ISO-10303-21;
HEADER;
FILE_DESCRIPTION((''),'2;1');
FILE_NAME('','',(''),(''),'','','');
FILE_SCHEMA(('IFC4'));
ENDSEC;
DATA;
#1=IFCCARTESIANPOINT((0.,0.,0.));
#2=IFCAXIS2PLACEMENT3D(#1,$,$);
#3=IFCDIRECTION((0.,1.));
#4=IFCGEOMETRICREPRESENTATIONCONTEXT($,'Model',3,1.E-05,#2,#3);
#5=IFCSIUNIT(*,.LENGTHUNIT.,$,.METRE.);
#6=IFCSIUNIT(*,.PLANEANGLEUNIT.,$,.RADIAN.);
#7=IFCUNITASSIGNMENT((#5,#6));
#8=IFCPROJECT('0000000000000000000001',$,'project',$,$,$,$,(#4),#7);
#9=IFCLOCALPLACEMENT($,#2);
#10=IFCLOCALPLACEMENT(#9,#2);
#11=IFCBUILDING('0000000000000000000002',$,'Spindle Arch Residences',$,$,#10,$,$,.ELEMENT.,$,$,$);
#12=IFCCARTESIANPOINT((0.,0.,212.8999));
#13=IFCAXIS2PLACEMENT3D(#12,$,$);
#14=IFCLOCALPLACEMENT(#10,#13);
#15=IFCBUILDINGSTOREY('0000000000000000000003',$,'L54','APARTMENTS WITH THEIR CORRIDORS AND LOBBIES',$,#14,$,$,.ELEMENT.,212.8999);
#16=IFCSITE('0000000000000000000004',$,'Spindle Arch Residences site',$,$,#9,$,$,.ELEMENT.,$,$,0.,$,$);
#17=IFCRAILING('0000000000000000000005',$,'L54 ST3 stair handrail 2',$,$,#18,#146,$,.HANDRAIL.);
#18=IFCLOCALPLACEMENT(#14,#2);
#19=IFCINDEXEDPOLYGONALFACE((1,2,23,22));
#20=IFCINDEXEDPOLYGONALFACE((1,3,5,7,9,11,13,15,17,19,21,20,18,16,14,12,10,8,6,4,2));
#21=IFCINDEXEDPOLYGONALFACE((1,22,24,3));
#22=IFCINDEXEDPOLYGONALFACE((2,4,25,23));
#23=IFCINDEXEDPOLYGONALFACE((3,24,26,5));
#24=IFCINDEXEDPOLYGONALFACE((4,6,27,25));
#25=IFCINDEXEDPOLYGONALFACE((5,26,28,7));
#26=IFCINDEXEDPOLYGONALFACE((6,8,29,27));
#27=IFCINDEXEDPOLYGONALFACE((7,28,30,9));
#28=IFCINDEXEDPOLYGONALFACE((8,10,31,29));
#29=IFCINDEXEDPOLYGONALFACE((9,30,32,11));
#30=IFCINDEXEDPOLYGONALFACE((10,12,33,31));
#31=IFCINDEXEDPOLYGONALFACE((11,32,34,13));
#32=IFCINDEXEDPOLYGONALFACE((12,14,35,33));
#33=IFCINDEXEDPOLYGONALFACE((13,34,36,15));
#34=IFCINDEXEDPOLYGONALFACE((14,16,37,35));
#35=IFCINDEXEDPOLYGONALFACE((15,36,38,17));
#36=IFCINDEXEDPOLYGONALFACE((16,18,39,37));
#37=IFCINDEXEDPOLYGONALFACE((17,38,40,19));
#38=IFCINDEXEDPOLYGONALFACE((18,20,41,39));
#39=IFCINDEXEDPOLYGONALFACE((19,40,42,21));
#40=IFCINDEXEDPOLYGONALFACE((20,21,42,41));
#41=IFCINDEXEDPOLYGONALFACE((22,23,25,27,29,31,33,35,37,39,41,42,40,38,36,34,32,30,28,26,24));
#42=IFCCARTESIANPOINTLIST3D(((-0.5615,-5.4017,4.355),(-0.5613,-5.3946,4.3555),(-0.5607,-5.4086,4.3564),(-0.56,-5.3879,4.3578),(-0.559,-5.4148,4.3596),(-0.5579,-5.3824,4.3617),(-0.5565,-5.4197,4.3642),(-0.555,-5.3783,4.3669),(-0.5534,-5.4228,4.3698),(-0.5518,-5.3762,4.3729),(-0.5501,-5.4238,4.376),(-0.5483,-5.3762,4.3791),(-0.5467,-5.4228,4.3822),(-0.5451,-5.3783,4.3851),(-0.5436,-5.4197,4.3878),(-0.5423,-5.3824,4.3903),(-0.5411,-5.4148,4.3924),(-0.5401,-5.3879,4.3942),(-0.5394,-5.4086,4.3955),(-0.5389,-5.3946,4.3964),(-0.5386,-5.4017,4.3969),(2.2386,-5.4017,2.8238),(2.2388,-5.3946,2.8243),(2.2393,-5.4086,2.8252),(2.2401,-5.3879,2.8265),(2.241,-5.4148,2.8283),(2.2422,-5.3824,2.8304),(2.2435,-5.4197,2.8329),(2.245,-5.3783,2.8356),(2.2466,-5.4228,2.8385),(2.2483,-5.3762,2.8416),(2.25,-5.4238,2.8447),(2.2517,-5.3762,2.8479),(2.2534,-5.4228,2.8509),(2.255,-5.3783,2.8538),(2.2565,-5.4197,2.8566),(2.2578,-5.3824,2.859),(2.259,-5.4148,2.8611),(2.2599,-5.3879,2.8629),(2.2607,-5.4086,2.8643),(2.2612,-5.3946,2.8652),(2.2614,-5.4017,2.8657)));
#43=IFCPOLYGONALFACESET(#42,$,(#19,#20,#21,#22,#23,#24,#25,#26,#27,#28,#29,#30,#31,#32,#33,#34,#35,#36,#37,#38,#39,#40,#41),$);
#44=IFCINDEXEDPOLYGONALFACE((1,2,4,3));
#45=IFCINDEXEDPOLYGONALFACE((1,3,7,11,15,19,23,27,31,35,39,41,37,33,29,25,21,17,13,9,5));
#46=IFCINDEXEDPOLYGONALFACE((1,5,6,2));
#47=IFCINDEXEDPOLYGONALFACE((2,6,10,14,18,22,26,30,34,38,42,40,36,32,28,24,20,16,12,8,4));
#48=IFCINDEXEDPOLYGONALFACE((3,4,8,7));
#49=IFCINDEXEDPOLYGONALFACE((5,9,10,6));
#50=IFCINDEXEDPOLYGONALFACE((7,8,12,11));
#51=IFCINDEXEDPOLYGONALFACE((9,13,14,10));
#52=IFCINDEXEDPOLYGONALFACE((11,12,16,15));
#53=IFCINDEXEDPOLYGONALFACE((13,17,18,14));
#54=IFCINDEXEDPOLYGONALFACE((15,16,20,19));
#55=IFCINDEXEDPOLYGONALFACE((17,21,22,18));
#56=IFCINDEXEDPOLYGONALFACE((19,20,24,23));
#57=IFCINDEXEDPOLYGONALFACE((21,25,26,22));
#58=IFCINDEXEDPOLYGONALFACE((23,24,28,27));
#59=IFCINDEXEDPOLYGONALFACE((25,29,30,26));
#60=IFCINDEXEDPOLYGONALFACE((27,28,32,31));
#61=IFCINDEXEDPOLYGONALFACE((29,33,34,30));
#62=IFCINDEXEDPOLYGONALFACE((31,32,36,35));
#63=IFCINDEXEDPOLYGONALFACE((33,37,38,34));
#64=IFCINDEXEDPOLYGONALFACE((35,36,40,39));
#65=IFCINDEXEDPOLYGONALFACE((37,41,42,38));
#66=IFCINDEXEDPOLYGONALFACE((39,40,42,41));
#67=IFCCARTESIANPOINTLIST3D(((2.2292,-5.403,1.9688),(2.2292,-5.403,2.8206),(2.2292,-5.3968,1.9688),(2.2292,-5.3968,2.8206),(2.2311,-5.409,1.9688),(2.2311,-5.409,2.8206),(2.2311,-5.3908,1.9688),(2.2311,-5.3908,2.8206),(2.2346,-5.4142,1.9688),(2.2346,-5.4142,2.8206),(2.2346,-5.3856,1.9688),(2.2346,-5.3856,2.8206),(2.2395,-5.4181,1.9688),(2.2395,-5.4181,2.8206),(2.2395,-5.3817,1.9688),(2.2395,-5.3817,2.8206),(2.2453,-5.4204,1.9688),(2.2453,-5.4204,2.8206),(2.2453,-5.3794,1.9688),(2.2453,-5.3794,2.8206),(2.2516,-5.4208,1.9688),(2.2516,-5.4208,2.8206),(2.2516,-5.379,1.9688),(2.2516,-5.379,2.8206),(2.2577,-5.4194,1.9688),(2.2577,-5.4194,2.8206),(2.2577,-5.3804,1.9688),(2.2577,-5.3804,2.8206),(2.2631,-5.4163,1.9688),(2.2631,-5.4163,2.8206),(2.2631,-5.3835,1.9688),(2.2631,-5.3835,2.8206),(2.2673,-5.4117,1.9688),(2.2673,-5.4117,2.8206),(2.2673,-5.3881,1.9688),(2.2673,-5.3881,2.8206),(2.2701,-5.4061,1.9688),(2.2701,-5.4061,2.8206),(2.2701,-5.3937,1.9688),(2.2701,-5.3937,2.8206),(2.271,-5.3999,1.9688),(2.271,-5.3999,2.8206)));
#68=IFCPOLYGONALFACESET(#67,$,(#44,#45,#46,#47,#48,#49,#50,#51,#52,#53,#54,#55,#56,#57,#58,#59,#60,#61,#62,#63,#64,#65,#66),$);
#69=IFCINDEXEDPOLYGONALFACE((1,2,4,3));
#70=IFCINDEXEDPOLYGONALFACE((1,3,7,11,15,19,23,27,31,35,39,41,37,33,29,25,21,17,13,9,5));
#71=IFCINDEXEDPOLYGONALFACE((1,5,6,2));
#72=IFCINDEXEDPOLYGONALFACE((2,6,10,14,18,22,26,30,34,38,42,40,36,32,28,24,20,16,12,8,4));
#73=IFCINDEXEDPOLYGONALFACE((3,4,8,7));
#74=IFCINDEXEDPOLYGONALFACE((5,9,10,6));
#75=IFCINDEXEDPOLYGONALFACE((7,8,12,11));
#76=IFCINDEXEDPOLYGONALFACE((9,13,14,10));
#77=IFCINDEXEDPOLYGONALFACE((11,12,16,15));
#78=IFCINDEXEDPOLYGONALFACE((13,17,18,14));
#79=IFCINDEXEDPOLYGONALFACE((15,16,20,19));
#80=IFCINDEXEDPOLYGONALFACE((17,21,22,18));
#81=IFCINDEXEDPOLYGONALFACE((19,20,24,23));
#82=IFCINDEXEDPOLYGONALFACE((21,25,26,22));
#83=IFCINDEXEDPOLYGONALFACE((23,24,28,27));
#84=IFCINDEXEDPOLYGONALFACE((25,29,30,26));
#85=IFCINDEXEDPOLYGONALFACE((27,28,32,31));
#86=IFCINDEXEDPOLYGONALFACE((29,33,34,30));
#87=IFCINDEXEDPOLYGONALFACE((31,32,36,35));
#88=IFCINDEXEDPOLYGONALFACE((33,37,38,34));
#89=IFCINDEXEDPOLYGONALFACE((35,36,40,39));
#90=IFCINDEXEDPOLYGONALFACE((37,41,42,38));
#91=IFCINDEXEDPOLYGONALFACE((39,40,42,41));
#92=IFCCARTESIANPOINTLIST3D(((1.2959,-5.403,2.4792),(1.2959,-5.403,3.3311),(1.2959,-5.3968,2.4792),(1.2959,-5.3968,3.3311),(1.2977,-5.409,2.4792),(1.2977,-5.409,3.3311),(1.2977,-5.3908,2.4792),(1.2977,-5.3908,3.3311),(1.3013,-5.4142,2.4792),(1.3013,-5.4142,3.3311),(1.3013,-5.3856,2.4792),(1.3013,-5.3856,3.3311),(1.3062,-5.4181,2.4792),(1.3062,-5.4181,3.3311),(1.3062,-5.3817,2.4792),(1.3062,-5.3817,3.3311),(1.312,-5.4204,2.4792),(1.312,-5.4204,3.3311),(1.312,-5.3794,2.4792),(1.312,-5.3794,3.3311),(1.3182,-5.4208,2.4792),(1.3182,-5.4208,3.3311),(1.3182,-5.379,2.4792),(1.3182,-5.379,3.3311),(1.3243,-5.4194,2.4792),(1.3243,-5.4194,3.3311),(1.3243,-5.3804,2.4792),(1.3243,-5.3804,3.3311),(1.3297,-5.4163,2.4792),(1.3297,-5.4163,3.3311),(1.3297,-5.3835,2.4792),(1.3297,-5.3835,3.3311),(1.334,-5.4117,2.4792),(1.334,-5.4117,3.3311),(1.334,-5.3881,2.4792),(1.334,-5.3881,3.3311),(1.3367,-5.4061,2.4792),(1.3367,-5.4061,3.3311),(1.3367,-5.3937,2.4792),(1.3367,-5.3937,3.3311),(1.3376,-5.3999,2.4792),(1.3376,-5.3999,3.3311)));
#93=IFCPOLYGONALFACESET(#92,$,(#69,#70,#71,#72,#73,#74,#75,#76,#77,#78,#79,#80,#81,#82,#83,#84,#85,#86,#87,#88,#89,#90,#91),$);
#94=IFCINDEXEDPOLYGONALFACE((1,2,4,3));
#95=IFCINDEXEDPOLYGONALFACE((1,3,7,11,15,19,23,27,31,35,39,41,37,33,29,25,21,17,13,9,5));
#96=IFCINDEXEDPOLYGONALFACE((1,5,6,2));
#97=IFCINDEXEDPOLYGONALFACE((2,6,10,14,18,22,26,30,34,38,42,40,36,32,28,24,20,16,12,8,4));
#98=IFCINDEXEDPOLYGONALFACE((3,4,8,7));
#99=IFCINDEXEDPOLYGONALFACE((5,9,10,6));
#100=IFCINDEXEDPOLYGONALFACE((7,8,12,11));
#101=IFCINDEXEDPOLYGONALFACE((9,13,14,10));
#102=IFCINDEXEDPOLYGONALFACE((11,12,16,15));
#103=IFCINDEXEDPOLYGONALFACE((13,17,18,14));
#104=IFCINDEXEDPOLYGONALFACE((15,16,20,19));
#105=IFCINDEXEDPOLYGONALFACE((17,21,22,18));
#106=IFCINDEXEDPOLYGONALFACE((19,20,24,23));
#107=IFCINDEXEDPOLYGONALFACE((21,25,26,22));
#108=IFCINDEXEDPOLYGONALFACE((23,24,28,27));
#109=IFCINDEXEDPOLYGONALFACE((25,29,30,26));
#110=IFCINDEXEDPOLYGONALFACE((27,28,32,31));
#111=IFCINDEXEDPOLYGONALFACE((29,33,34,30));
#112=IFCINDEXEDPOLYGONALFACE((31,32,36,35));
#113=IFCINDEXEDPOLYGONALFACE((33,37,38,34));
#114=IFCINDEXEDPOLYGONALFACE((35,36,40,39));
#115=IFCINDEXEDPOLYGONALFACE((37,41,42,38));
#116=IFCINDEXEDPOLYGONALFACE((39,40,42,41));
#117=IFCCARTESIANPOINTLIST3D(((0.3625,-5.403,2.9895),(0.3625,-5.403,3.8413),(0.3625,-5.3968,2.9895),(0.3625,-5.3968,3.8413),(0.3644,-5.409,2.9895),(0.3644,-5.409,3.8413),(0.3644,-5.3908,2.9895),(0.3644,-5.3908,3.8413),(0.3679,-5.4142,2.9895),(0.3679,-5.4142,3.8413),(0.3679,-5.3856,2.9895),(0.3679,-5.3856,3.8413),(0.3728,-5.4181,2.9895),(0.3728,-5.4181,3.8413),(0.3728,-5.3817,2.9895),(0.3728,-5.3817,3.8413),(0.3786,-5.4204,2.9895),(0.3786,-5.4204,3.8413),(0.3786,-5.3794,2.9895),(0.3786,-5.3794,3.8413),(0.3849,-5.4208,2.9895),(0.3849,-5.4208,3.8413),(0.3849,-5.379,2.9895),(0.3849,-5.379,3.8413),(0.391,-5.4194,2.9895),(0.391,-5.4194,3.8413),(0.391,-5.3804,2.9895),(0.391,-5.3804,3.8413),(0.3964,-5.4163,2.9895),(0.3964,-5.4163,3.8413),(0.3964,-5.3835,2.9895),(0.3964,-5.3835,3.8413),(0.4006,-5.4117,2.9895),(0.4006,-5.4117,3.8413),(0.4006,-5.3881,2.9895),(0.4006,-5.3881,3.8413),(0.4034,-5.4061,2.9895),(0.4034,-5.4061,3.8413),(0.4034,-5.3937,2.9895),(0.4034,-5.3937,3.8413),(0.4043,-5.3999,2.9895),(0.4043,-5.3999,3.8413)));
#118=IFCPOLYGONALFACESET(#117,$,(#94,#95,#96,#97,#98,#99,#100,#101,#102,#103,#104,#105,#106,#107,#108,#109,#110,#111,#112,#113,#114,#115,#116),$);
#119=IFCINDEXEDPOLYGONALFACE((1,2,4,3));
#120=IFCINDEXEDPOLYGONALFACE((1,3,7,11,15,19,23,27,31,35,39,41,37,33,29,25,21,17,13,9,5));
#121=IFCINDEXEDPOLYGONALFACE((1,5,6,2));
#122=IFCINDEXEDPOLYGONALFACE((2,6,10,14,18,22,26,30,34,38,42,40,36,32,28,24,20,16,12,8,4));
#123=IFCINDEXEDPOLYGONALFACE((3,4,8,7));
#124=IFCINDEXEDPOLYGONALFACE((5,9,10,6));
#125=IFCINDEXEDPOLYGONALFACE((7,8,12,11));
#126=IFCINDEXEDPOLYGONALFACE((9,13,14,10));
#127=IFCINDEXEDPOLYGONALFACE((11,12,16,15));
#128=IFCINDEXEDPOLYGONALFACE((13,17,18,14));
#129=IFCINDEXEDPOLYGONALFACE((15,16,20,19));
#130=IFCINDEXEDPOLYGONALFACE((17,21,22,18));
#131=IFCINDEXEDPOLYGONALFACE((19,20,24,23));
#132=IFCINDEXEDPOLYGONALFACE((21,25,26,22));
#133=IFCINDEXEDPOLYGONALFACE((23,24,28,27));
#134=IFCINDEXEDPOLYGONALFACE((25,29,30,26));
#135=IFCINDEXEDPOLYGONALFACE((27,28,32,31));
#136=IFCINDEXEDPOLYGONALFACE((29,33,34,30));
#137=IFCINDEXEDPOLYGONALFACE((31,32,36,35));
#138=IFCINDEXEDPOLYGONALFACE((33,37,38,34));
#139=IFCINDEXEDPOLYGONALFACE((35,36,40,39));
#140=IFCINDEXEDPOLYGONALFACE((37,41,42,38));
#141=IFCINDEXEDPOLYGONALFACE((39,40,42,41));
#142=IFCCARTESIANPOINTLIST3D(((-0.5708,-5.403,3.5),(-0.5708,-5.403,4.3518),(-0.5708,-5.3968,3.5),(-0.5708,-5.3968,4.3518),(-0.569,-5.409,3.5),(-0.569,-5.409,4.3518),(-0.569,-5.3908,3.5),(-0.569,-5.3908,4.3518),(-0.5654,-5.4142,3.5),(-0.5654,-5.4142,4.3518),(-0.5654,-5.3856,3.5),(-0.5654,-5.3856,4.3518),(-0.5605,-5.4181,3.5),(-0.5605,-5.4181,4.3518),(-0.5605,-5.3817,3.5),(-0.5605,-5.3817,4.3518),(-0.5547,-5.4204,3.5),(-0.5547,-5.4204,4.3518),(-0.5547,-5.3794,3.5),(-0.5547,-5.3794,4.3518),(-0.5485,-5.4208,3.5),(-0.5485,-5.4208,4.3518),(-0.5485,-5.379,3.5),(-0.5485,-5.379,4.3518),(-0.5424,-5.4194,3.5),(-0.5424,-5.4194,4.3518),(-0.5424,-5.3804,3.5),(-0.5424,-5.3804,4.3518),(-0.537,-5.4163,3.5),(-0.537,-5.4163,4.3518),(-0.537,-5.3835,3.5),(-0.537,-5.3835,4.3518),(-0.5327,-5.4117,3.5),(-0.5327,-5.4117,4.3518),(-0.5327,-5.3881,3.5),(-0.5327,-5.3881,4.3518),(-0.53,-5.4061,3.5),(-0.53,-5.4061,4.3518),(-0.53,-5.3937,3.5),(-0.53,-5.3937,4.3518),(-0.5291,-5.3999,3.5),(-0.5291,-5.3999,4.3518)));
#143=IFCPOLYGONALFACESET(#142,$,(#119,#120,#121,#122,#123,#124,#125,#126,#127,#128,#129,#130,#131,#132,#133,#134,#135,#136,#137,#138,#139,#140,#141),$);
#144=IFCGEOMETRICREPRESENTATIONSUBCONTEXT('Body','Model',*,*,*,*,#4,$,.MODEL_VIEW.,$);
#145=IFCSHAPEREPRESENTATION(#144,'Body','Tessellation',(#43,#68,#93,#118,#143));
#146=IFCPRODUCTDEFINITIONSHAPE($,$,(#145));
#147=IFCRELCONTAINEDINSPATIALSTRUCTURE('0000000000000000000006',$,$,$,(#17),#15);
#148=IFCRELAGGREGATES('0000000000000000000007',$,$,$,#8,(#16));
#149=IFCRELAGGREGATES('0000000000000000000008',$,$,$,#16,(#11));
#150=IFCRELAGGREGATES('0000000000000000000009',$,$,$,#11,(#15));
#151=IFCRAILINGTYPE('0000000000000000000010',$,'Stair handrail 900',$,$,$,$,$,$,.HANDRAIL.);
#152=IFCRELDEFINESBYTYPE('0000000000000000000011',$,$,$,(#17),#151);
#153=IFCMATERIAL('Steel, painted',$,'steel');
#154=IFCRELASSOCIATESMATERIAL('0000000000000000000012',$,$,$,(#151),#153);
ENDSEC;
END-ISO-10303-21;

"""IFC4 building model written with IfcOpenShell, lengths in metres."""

from ifc_helpers import new_model, si_unit, direction, frame, origin, origin_2d, place, context, subcontext, project, spatial, circle, extrude, material, type_object, element, save


model = new_model("IFC4")

# Units and contexts
model_context = context("Model", 3, precision=1e-05, world=origin(), true_north=direction((0.0, 1.0)))
body_context = subcontext(model_context, "Body", "Model", "MODEL_VIEW")
ifc_project = project(units=[si_unit("LENGTHUNIT", "METRE"), si_unit("PLANEANGLEUNIT", "RADIAN")], contexts=[model_context])

# Site, building, storey
site_placement = place(None, origin())
site = spatial("IfcSite", under=ifc_project, at=site_placement, Name="Spindle Arch Residences site", CompositionType="ELEMENT", RefElevation=0.0)
building_placement = place(site_placement, origin())
building = spatial("IfcBuilding", under=site, at=building_placement, Name="Spindle Arch Residences", CompositionType="ELEMENT")
storey_placement = place(building_placement, frame((0.0, 0.0, 212.8999)))
storey = spatial("IfcBuildingStorey", under=building, at=storey_placement, Name="L54", Description="APARTMENTS WITH THEIR CORRIDORS AND LOBBIES", CompositionType="ELEMENT", Elevation=212.8999)

# Railing
ifc_material_1 = material(Name="Steel, painted", Category="steel")
railing_type_1 = type_object("IfcRailingType", Name="Stair handrail 900", PredefinedType="HANDRAIL", material=ifc_material_1)
railing_1_placement = place(storey_placement, frame((2.25, -5.3999, 1.9688)))
element("IfcRailing", 1, at=railing_1_placement, inside=storey, type_object=railing_type_1, Name="L54 ST3 stair handrail 2", PredefinedType="HANDRAIL", context=body_context, shape_type="SweptSolid", body=[
    extrude(circle(Radius=0.0239, at=origin_2d()), frame((0.0, 0.0, 0.876), z_axis=(-0.877375, 0.0, 0.479806), x_axis=(0.0, -1.0, 0.0)), (0.0, 0.0, 1.0), 3.1914),
    extrude(circle(Radius=0.021, at=origin_2d()), origin(), (0.0, 0.0, 1.0), 0.8518),
    extrude(circle(Radius=0.021, at=origin_2d()), frame((-0.9333, 0.0, 0.5105)), (0.0, 0.0, 1.0), 0.8518),
    extrude(circle(Radius=0.021, at=origin_2d()), frame((-1.8667, 0.0, 1.0208)), (0.0, 0.0, 1.0), 0.8518),
    extrude(circle(Radius=0.021, at=origin_2d()), frame((-2.8, 0.0, 1.5312)), (0.0, 0.0, 1.0), 0.8518),
])

save(model, "model.ifc")
